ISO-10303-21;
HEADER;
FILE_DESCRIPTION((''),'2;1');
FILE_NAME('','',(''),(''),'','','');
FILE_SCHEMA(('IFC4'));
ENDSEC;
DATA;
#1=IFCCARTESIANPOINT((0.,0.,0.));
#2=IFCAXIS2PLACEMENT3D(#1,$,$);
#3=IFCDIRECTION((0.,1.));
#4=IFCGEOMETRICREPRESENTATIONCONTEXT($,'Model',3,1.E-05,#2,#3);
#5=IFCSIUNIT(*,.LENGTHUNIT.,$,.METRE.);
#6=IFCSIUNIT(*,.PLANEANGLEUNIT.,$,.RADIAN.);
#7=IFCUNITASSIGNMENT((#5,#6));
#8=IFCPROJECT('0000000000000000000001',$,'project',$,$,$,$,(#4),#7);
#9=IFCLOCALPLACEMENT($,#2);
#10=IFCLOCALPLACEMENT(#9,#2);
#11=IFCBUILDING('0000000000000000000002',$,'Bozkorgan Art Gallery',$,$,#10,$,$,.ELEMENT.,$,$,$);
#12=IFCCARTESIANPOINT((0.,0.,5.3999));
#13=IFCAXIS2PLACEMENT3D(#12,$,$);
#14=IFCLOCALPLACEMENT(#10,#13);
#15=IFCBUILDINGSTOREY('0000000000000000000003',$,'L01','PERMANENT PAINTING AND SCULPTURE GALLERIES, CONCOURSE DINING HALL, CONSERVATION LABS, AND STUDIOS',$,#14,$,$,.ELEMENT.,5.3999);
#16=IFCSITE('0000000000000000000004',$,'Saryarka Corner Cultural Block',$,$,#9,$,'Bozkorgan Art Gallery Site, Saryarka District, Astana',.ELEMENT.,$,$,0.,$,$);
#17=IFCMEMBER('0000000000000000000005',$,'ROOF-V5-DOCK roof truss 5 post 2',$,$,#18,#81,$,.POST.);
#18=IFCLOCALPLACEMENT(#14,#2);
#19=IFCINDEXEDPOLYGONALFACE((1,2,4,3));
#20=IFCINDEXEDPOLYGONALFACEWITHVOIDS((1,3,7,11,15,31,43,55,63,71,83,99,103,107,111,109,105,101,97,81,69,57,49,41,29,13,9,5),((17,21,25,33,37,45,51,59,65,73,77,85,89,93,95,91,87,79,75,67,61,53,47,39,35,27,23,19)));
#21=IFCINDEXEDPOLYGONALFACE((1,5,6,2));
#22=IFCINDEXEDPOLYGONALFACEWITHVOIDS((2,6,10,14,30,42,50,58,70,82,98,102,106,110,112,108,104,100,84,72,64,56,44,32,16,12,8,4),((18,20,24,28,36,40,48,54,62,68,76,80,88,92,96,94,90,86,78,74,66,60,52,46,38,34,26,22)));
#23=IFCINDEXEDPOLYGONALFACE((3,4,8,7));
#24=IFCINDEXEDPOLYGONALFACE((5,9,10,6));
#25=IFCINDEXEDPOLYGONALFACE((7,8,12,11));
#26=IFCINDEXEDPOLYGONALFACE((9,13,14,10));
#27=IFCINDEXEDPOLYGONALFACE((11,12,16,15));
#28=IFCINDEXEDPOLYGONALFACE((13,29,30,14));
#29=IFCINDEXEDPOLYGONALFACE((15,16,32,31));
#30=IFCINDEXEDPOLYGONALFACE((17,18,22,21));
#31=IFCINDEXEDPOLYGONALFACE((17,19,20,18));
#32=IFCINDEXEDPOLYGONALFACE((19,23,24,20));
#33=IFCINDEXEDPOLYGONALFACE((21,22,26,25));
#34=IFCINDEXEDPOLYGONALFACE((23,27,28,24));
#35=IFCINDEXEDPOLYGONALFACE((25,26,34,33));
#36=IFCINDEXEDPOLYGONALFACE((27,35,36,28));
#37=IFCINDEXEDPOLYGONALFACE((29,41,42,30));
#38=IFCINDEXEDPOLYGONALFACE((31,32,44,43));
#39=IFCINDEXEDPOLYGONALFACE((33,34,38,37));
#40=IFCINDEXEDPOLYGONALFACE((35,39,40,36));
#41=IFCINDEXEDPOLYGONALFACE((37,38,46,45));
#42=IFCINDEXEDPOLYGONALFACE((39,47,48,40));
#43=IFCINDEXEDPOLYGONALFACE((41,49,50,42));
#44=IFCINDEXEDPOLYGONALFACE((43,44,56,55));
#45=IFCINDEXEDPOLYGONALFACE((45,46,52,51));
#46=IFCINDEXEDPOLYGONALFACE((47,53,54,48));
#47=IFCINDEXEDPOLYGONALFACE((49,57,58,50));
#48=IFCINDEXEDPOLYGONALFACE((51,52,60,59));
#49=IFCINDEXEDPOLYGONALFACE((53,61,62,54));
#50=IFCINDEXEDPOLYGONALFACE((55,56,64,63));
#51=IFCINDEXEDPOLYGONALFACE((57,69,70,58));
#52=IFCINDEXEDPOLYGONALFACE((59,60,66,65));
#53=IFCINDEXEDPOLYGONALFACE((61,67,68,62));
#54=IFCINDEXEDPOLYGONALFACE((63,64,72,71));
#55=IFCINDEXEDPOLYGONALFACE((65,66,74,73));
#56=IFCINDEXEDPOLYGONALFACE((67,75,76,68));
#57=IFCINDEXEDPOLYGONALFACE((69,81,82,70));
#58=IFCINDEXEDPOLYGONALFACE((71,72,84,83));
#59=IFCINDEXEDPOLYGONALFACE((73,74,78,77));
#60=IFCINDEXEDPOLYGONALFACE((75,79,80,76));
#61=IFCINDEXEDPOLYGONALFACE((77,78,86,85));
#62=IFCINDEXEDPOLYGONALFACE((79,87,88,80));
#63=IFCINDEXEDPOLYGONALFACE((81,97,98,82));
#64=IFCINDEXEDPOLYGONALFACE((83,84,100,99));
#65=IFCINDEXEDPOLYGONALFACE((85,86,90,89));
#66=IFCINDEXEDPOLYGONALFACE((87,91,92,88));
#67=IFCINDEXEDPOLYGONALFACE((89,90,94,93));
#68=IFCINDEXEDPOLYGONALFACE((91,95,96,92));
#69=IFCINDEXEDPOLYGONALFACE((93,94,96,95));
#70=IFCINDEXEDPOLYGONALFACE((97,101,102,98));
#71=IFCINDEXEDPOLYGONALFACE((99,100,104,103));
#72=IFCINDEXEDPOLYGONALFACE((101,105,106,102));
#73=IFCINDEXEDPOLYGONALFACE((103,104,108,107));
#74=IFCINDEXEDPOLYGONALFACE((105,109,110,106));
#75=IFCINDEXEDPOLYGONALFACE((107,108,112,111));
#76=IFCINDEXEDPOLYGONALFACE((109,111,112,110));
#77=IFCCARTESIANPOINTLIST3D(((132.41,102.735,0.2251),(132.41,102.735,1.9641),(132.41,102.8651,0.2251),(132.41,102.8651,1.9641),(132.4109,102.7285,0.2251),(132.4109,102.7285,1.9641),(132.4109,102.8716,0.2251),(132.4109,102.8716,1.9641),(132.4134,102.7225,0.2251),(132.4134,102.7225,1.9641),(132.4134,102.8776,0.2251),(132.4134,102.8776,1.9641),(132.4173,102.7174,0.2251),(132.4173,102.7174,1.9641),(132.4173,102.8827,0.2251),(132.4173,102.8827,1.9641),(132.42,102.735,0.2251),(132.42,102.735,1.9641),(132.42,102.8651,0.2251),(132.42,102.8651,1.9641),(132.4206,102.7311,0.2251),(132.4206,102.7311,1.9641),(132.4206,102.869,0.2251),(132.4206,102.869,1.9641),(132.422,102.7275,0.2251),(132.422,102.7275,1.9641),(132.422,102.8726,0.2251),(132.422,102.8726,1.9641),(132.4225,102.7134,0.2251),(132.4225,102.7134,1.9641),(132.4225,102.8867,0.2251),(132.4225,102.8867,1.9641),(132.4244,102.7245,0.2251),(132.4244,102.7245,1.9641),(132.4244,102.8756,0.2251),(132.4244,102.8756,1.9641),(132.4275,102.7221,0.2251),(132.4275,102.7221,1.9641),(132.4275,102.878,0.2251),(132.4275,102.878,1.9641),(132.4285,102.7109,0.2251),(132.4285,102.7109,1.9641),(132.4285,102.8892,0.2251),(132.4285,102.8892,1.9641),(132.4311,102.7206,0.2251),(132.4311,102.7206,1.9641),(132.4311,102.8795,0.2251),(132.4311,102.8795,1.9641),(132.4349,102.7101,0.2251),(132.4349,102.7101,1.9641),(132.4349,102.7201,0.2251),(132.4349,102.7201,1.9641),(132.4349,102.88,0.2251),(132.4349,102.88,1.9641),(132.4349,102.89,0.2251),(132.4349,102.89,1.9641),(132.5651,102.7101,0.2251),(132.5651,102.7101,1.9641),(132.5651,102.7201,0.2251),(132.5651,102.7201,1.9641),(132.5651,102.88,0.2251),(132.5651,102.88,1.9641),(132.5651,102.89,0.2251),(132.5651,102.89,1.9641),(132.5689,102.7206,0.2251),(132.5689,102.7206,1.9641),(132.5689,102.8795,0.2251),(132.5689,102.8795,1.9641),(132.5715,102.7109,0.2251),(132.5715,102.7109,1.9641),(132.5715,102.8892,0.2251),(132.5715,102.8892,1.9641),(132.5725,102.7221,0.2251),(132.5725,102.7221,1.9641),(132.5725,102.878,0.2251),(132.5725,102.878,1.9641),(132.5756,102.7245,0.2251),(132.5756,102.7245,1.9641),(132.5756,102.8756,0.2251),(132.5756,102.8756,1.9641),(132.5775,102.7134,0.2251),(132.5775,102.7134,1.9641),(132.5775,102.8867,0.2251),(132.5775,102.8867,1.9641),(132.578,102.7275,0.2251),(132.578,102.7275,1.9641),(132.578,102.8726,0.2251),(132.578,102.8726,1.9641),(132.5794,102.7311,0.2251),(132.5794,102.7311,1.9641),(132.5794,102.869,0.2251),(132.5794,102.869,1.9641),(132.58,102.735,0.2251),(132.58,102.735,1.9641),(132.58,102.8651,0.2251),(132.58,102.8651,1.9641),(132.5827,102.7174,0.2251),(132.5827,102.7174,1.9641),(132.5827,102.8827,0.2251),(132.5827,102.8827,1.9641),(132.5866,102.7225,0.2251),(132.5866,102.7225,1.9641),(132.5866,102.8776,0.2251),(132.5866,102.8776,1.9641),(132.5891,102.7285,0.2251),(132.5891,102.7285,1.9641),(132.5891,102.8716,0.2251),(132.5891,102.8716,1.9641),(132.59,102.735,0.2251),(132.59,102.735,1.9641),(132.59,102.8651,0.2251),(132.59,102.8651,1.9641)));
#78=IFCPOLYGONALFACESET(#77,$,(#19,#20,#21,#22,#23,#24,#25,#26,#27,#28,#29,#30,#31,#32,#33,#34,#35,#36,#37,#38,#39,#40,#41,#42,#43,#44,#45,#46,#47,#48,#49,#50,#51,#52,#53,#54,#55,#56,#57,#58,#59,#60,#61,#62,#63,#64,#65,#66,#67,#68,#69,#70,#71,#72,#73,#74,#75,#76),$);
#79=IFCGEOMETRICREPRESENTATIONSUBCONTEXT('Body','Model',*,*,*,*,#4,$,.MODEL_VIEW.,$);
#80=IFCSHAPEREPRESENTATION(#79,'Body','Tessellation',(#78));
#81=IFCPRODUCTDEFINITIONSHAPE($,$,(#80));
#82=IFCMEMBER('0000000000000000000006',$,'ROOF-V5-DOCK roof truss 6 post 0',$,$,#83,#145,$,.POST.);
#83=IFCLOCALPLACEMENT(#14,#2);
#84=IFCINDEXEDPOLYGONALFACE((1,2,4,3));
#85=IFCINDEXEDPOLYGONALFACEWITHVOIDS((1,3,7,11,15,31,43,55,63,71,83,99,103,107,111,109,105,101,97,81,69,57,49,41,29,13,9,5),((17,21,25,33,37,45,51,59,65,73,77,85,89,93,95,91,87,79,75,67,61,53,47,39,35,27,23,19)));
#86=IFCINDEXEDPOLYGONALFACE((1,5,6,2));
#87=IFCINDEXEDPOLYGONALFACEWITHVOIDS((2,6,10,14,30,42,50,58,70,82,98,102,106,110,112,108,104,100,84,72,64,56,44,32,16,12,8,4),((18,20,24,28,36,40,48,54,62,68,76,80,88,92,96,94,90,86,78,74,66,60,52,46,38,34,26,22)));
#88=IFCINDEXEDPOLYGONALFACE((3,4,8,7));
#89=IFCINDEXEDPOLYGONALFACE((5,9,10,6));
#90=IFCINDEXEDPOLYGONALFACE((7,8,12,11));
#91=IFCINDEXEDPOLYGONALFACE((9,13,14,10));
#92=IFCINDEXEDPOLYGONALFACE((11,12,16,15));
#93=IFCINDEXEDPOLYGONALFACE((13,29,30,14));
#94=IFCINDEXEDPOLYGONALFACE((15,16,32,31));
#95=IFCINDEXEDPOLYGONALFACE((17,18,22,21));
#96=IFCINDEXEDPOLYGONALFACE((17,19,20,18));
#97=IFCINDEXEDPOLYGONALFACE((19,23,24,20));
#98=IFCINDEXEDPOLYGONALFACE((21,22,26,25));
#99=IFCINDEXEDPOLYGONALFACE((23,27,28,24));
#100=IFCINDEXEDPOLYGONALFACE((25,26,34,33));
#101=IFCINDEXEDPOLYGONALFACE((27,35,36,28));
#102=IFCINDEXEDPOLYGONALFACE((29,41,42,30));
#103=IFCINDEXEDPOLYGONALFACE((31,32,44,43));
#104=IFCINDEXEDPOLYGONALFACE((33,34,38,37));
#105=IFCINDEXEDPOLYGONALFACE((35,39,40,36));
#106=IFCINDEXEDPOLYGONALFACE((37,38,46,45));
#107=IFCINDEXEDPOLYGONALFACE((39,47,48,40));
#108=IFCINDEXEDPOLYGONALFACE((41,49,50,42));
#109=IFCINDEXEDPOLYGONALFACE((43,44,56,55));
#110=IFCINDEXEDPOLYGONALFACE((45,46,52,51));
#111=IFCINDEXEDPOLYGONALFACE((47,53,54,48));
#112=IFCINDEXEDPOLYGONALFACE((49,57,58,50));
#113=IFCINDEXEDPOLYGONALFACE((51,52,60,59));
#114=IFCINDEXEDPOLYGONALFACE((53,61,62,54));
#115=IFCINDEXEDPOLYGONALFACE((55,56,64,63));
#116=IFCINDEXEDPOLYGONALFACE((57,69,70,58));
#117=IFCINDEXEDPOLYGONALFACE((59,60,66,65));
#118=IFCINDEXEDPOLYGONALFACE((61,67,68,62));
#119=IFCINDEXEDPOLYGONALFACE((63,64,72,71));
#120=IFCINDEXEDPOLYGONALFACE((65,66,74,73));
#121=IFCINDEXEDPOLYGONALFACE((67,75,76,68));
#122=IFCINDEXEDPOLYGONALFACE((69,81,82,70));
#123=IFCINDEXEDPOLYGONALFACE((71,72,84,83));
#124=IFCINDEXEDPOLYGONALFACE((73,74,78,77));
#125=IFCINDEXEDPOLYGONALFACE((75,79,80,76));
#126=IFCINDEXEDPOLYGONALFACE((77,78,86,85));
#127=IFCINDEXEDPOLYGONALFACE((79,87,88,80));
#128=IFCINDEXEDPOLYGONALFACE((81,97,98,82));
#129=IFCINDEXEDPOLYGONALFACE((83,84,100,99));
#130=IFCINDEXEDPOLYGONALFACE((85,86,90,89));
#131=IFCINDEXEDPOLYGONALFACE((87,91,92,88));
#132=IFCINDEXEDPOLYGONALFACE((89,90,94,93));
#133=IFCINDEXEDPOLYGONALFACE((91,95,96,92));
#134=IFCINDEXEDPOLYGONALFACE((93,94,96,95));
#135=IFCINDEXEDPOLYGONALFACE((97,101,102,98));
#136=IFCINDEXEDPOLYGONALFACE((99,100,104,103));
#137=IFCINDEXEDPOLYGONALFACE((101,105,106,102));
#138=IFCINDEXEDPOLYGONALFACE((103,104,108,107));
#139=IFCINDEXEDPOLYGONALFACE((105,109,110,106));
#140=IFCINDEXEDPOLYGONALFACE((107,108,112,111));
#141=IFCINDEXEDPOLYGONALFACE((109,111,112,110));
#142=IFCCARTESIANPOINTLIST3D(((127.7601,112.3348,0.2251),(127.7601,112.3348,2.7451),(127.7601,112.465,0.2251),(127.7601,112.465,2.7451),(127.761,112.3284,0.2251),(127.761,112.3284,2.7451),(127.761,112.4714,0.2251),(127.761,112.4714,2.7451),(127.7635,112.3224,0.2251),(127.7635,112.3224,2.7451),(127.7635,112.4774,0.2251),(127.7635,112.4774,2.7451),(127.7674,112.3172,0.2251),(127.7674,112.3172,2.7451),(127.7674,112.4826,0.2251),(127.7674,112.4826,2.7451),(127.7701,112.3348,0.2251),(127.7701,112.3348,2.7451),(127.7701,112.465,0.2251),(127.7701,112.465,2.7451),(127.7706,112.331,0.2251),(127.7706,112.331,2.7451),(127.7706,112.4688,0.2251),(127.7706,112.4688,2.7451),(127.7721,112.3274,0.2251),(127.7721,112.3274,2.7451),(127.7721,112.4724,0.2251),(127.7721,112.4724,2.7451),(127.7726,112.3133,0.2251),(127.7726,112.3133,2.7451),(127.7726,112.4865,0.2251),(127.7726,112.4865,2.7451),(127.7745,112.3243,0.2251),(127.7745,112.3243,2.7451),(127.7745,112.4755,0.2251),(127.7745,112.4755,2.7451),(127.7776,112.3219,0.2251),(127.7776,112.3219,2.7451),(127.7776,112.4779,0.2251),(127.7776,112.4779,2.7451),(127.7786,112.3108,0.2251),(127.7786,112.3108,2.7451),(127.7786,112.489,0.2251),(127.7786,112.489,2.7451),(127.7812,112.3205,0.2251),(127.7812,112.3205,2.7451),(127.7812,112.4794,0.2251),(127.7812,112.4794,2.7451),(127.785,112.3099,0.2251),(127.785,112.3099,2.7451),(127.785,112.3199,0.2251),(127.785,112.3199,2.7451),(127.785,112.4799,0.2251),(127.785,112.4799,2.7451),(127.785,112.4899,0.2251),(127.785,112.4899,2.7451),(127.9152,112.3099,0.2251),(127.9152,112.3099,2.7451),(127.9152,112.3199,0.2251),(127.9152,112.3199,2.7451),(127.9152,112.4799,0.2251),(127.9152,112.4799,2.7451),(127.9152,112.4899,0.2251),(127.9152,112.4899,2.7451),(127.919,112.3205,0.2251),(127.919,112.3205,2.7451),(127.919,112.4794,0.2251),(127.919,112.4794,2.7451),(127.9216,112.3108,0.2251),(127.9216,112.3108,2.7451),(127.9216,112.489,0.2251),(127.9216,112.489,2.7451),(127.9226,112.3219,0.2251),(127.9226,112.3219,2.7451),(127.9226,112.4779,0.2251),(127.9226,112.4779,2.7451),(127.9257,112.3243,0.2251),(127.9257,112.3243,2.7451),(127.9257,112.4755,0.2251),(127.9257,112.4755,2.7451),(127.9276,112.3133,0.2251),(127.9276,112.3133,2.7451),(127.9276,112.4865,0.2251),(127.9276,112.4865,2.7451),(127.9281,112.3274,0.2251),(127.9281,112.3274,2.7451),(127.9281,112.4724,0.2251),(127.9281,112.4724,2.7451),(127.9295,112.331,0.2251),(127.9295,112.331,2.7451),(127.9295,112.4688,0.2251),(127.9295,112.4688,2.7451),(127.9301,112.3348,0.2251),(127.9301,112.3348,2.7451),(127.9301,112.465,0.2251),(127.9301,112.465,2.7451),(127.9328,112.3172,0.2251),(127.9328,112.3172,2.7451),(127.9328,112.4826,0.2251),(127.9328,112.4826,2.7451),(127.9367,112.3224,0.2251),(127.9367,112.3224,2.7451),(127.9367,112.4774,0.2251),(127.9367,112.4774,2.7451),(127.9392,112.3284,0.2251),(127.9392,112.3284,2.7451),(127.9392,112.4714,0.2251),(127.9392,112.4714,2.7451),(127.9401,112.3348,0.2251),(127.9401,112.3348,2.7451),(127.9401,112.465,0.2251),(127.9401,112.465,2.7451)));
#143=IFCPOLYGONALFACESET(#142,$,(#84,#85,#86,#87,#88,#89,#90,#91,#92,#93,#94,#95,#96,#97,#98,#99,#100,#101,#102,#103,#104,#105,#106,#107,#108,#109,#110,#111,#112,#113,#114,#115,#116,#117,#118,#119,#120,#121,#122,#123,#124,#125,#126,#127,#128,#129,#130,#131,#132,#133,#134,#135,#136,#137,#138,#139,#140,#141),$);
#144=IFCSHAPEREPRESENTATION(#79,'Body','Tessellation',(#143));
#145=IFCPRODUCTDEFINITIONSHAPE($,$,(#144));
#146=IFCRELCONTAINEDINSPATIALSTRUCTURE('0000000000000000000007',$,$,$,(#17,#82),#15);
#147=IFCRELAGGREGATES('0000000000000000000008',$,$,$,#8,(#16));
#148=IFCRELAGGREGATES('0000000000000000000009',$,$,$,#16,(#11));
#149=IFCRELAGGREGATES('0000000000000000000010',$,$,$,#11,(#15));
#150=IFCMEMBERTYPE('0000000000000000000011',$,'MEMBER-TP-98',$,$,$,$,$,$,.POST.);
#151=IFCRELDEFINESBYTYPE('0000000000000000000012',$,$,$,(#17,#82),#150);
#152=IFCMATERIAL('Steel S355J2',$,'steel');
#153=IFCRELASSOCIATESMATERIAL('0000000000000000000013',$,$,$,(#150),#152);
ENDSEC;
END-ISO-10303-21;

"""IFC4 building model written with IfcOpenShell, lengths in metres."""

from ifc_helpers import new_model, si_unit, direction, frame, origin, origin_2d, place, context, subcontext, project, spatial, hollow_rectangle, extrude, material, material_profile, profile_set, type_object, element, save


model = new_model("IFC4")

# Units and contexts
model_context = context("Model", 3, precision=1e-05, world=origin(), true_north=direction((0.0, 1.0)))
body_context = subcontext(model_context, "Body", "Model", "MODEL_VIEW")
ifc_project = project(units=[si_unit("LENGTHUNIT", "METRE"), si_unit("PLANEANGLEUNIT", "RADIAN")], contexts=[model_context])

# Site, building, storey
site_placement = place(None, origin())
site = spatial("IfcSite", under=ifc_project, at=site_placement, Name="Saryarka Corner Cultural Block", LongName="Bozkorgan Art Gallery Site, Saryarka District, Astana", CompositionType="ELEMENT", RefElevation=0.0)
building_placement = place(site_placement, origin())
building = spatial("IfcBuilding", under=site, at=building_placement, Name="Bozkorgan Art Gallery", CompositionType="ELEMENT")
storey_placement = place(building_placement, frame((0.0, 0.0, 5.3999)))
storey = spatial("IfcBuildingStorey", under=building, at=storey_placement, Name="L01", Description="PERMANENT PAINTING AND SCULPTURE GALLERIES, CONCOURSE DINING HALL, CONSERVATION LABS, AND STUDIOS", CompositionType="ELEMENT", Elevation=5.3999)

# Members
ifc_material_1 = material(Name="Steel S355J2", Category="steel")
ifc_material_profile_1 = material_profile(ifc_material_1, hollow_rectangle(XDim=0.1799, YDim=0.1799, WallThickness=0.01, InnerFilletRadius=0.0149, OuterFilletRadius=0.0249, at=origin_2d()), Name="SHS 180x180x10")
ifc_profile_set_1 = profile_set([ifc_material_profile_1], Name="Steel S355J2")
member_type_1 = type_object("IfcMemberType", Name="MEMBER-TP-98", PredefinedType="POST", material=ifc_profile_set_1)
member_1_placement = place(storey_placement, frame((132.5, 102.8, 0.2251), z_axis=(0.0, 0.0, 1.0), x_axis=(1.0, 0.0, 0.0)))
element("IfcMember", 1, at=member_1_placement, inside=storey, type_object=member_type_1, Name="ROOF-V5-DOCK roof truss 5 post 2", PredefinedType="POST", context=body_context, shape_type="SweptSolid", body=[
    extrude(hollow_rectangle(XDim=0.1799, YDim=0.1799, WallThickness=0.01, InnerFilletRadius=0.0149, OuterFilletRadius=0.0249, at=origin_2d()), origin(), (0.0, 0.0, 1.0), 1.739),
])
member_2_placement = place(storey_placement, frame((127.8501, 112.3999, 0.2251), z_axis=(0.0, 0.0, 1.0), x_axis=(1.0, 0.0, 0.0)))
element("IfcMember", 2, at=member_2_placement, inside=storey, type_object=member_type_1, Name="ROOF-V5-DOCK roof truss 6 post 0", PredefinedType="POST", context=body_context, shape_type="SweptSolid", body=[
    extrude(hollow_rectangle(XDim=0.1799, YDim=0.1799, WallThickness=0.01, InnerFilletRadius=0.0149, OuterFilletRadius=0.0249, at=origin_2d()), origin(), (0.0, 0.0, 1.0), 2.52),
])

save(model, "model.ifc")
